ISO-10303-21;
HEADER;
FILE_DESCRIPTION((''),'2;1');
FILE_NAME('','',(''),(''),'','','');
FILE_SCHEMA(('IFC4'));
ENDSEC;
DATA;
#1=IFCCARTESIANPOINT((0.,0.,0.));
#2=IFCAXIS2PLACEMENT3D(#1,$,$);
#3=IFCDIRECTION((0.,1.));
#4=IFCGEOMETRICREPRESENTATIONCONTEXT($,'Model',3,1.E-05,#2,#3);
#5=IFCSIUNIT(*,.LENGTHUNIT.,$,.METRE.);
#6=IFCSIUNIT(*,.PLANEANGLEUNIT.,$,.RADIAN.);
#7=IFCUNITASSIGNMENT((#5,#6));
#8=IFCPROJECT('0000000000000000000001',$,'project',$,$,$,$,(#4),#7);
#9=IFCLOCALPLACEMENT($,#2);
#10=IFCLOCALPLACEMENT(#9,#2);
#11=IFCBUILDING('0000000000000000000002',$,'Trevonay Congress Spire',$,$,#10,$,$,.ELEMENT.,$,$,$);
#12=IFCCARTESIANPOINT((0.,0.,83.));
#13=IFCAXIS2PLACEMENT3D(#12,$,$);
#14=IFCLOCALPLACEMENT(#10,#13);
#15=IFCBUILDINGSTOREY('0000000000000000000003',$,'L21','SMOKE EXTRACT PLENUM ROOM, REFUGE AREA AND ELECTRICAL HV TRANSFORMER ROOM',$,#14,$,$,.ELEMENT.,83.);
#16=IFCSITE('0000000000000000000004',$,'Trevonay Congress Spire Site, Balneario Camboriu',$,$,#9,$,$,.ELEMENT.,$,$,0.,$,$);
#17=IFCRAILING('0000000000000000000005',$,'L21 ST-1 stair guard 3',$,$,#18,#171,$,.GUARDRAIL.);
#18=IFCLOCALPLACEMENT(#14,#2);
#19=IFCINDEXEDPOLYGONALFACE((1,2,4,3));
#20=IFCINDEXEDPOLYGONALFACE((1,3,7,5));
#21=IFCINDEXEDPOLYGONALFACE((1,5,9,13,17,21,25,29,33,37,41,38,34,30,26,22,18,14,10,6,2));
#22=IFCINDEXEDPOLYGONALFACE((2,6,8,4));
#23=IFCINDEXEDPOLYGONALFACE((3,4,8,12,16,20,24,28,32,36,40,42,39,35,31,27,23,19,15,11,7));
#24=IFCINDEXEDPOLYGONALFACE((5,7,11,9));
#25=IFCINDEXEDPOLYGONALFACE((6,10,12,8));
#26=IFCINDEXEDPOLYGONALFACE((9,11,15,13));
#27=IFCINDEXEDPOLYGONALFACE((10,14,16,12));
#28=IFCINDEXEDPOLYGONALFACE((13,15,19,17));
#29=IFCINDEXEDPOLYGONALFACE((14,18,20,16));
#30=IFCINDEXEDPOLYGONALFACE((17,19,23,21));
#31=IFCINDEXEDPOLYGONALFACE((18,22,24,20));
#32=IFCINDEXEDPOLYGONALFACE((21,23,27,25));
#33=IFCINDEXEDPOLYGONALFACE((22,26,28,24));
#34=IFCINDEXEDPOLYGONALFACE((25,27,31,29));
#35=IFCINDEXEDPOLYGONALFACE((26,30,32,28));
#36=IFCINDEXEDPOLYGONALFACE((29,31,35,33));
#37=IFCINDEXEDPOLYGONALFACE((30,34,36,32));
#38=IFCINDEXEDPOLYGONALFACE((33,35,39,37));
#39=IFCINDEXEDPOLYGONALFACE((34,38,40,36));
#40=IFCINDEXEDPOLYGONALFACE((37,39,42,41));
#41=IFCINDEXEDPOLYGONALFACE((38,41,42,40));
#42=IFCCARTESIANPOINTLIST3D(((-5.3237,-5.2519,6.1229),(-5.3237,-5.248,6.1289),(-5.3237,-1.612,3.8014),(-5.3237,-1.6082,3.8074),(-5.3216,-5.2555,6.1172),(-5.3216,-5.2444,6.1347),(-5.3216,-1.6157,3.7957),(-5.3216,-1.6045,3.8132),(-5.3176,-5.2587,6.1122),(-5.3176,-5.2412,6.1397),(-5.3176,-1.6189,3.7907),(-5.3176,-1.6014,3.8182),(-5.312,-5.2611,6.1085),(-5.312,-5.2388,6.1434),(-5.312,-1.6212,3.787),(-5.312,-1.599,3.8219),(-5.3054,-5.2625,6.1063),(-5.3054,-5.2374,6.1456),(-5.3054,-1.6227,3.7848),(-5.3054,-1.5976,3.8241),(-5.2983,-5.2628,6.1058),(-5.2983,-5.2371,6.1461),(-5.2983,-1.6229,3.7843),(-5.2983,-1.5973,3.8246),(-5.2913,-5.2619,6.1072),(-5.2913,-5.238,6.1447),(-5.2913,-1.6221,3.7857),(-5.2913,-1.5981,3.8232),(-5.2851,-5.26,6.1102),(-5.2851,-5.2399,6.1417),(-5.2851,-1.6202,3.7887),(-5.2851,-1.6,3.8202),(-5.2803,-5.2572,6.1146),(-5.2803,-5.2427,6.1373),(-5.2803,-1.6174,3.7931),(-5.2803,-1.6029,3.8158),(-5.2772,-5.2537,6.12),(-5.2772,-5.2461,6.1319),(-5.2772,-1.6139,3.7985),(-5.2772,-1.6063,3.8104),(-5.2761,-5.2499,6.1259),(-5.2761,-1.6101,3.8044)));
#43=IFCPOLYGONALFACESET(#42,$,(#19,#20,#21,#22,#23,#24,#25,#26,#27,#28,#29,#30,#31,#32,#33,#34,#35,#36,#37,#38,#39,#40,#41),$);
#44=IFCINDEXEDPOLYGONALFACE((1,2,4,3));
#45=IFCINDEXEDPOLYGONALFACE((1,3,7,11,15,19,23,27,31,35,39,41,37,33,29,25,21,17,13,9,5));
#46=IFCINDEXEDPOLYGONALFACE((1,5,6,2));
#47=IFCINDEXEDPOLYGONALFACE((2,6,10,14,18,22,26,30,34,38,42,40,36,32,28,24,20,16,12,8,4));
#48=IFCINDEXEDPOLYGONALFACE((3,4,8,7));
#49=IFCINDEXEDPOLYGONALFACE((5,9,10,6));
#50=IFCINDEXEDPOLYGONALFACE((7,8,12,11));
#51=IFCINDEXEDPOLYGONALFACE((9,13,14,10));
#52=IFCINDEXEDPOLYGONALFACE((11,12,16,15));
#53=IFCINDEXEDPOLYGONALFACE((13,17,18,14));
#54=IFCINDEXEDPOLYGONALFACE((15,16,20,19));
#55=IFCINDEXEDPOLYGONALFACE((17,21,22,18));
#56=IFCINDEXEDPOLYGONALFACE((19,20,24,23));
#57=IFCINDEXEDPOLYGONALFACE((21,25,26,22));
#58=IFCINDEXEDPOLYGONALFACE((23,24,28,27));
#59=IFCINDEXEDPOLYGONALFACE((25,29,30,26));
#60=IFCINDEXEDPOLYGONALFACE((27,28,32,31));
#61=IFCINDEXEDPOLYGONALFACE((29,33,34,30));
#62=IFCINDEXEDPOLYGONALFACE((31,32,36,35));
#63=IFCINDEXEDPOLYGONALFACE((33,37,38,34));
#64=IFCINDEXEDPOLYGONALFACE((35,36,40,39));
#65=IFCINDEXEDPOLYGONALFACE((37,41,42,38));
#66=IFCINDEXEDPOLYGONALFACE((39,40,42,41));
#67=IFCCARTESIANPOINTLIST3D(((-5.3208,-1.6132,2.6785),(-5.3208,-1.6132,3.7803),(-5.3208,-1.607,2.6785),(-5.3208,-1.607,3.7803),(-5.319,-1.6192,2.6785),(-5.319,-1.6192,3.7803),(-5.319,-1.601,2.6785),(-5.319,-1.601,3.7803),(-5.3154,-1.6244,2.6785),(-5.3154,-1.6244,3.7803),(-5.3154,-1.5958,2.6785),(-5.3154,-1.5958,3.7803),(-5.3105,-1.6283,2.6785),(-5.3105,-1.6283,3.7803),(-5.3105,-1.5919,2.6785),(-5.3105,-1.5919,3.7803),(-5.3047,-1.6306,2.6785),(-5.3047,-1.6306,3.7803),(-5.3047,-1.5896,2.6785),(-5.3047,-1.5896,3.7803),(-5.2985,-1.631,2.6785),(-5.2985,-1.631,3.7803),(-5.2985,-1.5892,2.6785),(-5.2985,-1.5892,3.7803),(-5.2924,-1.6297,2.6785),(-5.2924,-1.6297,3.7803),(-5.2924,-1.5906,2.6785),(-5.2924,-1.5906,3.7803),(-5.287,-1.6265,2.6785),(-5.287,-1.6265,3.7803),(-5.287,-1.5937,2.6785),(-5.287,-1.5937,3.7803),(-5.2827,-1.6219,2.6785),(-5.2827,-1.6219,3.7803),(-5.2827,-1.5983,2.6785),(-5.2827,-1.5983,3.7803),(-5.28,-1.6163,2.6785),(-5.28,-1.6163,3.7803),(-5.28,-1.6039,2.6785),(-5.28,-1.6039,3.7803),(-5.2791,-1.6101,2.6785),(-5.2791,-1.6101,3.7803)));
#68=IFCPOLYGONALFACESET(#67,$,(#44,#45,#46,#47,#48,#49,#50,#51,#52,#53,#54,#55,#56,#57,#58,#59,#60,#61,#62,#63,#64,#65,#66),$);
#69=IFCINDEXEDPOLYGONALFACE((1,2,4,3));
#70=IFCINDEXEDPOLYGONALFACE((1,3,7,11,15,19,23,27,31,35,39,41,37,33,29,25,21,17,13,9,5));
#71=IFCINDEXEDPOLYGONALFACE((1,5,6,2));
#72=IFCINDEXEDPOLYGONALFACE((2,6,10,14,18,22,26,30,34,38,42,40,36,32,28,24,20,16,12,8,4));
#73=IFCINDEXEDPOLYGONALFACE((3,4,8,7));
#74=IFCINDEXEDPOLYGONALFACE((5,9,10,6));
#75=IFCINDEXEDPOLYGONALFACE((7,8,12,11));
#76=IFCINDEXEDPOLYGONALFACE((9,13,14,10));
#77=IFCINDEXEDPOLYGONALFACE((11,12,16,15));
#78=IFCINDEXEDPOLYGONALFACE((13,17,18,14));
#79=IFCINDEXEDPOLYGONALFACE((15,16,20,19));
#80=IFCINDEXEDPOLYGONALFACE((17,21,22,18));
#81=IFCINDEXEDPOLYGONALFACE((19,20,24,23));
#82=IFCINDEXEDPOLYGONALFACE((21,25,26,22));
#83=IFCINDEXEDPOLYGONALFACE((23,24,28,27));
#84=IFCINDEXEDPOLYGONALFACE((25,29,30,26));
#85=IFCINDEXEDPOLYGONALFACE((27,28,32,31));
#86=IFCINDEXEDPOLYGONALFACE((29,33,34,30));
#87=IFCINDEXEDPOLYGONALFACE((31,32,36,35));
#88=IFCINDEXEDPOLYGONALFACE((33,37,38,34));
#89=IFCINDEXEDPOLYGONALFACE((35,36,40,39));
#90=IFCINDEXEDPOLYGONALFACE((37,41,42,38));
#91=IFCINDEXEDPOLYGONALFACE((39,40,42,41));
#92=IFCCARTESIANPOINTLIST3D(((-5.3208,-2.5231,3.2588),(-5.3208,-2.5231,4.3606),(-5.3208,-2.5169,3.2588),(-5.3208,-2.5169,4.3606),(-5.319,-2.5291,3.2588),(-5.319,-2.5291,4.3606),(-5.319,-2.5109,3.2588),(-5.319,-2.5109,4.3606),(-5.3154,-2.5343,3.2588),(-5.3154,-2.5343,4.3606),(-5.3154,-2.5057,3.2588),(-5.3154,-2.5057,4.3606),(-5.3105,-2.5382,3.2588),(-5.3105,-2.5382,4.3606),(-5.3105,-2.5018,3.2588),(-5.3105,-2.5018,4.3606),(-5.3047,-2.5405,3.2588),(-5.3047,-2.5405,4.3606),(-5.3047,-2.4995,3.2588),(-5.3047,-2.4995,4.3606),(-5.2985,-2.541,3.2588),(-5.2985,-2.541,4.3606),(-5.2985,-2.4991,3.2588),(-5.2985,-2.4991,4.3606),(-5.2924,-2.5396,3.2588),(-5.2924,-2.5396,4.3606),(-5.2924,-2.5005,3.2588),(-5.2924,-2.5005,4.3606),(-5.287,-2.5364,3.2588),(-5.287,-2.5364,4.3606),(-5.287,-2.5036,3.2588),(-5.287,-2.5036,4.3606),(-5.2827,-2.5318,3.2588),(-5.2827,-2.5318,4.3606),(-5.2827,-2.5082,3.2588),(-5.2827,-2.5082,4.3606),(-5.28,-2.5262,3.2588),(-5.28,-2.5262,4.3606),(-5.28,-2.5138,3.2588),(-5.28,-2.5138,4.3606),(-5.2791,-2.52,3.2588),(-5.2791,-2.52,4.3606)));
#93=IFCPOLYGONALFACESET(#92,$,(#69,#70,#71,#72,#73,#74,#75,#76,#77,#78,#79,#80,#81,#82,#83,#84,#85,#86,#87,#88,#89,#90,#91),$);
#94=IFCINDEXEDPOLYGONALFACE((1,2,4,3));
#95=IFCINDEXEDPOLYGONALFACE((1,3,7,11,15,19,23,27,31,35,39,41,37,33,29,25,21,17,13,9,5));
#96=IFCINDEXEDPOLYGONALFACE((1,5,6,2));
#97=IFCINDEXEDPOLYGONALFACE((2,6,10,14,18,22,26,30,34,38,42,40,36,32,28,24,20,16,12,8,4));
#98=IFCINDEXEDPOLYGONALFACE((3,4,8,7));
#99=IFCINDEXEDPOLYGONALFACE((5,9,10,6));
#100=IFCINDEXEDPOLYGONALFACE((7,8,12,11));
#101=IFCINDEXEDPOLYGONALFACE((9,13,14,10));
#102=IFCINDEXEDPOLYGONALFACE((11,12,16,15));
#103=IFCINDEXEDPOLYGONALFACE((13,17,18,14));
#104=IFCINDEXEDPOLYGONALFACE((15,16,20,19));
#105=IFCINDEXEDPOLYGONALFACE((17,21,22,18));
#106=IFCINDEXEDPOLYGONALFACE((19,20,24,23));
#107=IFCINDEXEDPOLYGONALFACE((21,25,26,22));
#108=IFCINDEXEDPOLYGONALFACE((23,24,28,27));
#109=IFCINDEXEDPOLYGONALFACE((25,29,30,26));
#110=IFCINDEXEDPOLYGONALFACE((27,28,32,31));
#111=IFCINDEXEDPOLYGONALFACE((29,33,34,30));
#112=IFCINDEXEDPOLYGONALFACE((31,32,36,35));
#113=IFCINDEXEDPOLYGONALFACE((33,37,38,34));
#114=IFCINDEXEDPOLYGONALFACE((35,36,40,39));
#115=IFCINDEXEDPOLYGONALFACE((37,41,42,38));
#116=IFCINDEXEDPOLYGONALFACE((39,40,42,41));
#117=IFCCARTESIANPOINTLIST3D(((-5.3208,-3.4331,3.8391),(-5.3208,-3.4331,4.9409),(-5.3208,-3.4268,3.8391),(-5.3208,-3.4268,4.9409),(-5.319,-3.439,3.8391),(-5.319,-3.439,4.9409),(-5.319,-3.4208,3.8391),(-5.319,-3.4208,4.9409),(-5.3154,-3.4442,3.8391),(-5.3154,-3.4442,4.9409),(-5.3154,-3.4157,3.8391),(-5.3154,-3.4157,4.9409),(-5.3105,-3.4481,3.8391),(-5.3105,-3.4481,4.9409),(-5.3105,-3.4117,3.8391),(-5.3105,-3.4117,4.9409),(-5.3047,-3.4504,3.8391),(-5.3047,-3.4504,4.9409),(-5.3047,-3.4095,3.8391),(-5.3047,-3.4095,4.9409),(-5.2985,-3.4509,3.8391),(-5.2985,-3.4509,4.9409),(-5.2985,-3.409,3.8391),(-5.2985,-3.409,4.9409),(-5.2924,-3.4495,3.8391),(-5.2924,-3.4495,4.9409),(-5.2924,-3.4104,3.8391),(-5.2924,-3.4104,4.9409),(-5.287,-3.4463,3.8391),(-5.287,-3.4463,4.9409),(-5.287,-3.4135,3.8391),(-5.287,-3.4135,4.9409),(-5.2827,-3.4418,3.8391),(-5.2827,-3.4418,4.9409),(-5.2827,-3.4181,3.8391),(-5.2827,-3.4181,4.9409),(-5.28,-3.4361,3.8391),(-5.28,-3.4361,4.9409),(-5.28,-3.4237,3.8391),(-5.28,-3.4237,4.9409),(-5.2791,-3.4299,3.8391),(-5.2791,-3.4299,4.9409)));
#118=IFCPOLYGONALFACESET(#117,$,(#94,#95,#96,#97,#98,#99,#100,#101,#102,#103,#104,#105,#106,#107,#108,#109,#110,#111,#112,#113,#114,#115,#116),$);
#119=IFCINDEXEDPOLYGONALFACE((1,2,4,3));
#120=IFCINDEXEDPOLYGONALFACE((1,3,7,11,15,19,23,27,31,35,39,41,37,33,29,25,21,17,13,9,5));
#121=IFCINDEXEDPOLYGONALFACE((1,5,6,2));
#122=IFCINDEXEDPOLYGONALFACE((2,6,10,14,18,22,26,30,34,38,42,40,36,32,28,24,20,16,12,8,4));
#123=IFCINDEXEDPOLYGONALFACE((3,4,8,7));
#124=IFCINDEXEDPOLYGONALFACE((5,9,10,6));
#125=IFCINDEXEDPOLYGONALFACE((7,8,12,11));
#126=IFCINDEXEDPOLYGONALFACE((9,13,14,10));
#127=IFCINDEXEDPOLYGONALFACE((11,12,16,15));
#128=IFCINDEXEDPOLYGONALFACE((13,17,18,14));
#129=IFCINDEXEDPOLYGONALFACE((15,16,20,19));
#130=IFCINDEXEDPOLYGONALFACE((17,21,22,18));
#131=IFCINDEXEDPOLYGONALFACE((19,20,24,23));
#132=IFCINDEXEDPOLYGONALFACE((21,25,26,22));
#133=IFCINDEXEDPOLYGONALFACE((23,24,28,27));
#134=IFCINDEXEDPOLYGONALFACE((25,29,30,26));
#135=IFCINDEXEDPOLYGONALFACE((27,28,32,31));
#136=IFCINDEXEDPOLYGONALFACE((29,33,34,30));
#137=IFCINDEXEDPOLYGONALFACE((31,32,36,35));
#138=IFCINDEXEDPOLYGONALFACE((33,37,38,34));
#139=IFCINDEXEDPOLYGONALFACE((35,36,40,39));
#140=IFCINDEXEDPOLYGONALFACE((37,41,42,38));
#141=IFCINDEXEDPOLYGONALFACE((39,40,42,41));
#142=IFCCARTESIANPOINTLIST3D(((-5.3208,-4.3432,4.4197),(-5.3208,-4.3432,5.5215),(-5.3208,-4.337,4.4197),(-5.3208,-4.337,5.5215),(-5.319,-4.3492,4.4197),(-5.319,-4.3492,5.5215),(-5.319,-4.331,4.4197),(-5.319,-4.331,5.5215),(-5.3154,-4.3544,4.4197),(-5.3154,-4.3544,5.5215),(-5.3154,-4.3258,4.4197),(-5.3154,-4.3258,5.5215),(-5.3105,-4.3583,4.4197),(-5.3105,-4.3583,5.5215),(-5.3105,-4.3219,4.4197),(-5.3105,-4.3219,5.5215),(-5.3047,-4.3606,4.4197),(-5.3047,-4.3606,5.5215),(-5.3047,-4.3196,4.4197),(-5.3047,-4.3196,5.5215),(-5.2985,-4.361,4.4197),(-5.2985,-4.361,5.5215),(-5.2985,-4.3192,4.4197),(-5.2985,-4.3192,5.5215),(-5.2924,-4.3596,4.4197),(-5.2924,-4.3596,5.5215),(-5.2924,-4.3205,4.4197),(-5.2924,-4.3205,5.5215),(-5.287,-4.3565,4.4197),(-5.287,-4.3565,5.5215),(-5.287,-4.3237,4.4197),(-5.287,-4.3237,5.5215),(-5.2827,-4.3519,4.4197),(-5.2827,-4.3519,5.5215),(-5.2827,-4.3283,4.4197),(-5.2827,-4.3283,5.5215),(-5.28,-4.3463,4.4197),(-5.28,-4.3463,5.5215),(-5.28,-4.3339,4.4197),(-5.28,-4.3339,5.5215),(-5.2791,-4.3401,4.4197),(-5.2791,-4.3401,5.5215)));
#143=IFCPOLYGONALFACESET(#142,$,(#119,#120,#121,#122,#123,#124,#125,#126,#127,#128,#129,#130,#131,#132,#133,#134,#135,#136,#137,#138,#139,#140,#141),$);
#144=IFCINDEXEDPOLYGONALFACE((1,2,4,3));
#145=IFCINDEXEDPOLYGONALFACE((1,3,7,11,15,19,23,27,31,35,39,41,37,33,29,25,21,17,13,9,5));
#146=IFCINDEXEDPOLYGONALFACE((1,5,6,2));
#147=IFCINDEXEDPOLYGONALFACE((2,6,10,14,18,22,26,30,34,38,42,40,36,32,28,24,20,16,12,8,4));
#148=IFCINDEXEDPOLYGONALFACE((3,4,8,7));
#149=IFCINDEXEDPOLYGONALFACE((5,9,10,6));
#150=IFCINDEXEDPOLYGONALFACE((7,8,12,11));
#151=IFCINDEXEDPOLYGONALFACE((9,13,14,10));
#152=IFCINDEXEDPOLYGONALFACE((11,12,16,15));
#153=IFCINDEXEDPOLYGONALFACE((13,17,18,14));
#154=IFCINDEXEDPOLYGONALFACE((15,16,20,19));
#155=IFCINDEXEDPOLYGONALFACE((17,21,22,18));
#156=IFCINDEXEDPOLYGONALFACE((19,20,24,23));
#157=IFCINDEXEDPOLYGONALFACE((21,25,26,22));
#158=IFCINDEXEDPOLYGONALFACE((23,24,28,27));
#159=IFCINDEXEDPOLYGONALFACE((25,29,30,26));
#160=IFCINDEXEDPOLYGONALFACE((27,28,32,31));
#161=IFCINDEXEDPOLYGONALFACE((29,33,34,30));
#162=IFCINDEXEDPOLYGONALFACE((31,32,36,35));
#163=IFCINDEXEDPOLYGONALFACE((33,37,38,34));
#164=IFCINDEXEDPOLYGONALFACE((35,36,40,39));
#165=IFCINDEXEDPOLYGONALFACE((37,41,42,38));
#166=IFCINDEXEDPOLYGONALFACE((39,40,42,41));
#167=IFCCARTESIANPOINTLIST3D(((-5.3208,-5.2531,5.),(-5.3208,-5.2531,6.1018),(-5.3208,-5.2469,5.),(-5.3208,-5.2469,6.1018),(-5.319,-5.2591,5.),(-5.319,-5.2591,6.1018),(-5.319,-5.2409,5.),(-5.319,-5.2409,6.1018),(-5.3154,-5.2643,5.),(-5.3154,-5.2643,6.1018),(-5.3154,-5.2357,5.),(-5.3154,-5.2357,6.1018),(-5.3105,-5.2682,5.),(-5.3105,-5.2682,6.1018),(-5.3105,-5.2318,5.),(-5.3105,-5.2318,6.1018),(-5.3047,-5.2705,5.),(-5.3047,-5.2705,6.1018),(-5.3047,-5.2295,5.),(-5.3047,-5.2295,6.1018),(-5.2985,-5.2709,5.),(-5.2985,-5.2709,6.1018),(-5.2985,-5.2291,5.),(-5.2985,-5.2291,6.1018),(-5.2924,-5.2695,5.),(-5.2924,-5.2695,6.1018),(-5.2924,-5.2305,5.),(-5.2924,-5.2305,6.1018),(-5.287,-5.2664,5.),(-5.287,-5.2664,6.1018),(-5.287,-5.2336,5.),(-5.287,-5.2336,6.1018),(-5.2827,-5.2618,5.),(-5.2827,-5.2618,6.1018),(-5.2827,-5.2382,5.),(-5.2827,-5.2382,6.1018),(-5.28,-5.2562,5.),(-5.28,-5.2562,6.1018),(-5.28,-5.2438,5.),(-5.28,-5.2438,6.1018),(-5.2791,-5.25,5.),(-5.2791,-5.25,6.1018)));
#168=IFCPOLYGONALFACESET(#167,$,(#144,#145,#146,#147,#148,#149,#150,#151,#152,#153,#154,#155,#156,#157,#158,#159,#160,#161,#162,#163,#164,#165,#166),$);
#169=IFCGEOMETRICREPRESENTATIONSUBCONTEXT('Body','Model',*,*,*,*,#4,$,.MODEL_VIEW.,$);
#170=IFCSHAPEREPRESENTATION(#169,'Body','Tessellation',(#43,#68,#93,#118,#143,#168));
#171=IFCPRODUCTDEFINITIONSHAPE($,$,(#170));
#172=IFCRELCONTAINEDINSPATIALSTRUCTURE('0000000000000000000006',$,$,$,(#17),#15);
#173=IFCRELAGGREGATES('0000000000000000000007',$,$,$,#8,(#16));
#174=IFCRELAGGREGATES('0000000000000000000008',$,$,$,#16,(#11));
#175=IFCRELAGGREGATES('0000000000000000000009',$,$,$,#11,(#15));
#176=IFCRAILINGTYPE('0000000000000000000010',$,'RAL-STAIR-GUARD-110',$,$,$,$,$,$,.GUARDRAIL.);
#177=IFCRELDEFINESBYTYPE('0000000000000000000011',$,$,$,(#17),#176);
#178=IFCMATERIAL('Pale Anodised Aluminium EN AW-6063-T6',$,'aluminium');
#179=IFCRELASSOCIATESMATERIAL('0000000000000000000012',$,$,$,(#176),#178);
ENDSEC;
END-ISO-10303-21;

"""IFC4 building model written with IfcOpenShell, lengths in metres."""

from ifc_helpers import new_model, si_unit, direction, frame, origin, origin_2d, place, context, subcontext, project, spatial, circle, extrude, material, type_object, element, save


model = new_model("IFC4")

# Units and contexts
model_context = context("Model", 3, precision=1e-05, world=origin(), true_north=direction((0.0, 1.0)))
body_context = subcontext(model_context, "Body", "Model", "MODEL_VIEW")
ifc_project = project(units=[si_unit("LENGTHUNIT", "METRE"), si_unit("PLANEANGLEUNIT", "RADIAN")], contexts=[model_context])

# Site, building, storey
site_placement = place(None, origin())
site = spatial("IfcSite", under=ifc_project, at=site_placement, Name="Trevonay Congress Spire Site, Balneario Camboriu", CompositionType="ELEMENT", RefElevation=0.0)
building_placement = place(site_placement, origin())
building = spatial("IfcBuilding", under=site, at=building_placement, Name="Trevonay Congress Spire", CompositionType="ELEMENT")
storey_placement = place(building_placement, frame((0.0, 0.0, 83.0)))
storey = spatial("IfcBuildingStorey", under=building, at=storey_placement, Name="L21", Description="SMOKE EXTRACT PLENUM ROOM, REFUGE AREA AND ELECTRICAL HV TRANSFORMER ROOM", CompositionType="ELEMENT", Elevation=83.0)

# Shared definitions
ifc_material_1 = material(Name="Pale Anodised Aluminium EN AW-6063-T6", Category="aluminium")

# Railing
railing_type_1 = type_object("IfcRailingType", Name="RAL-STAIR-GUARD-110", PredefinedType="GUARDRAIL", material=ifc_material_1)
railing_1_placement = place(storey_placement, frame((-5.3, -1.6101, 2.6785)))
element("IfcRailing", 1, at=railing_1_placement, inside=storey, type_object=railing_type_1, Name="L21 ST-1 stair guard 3", PredefinedType="GUARDRAIL", context=body_context, shape_type="SweptSolid", body=[
    extrude(circle(Radius=0.0239, at=origin_2d()), frame((0.0, 0.0, 1.126), z_axis=(0.0, -0.843112, 0.537739), x_axis=(1.0, 0.0, 0.0)), (0.0, 0.0, 1.0), 4.3171),
    extrude(circle(Radius=0.021, at=origin_2d()), origin(), (0.0, 0.0, 1.0), 1.1018),
    extrude(circle(Radius=0.021, at=origin_2d()), frame((0.0, -0.9099, 0.5803)), (0.0, 0.0, 1.0), 1.1018),
    extrude(circle(Radius=0.021, at=origin_2d()), frame((0.0, -1.8198, 1.1606)), (0.0, 0.0, 1.0), 1.1018),
    extrude(circle(Radius=0.021, at=origin_2d()), frame((0.0, -2.73, 1.7412)), (0.0, 0.0, 1.0), 1.1018),
    extrude(circle(Radius=0.021, at=origin_2d()), frame((0.0, -3.6399, 2.3215)), (0.0, 0.0, 1.0), 1.1018),
])

save(model, "model.ifc")
